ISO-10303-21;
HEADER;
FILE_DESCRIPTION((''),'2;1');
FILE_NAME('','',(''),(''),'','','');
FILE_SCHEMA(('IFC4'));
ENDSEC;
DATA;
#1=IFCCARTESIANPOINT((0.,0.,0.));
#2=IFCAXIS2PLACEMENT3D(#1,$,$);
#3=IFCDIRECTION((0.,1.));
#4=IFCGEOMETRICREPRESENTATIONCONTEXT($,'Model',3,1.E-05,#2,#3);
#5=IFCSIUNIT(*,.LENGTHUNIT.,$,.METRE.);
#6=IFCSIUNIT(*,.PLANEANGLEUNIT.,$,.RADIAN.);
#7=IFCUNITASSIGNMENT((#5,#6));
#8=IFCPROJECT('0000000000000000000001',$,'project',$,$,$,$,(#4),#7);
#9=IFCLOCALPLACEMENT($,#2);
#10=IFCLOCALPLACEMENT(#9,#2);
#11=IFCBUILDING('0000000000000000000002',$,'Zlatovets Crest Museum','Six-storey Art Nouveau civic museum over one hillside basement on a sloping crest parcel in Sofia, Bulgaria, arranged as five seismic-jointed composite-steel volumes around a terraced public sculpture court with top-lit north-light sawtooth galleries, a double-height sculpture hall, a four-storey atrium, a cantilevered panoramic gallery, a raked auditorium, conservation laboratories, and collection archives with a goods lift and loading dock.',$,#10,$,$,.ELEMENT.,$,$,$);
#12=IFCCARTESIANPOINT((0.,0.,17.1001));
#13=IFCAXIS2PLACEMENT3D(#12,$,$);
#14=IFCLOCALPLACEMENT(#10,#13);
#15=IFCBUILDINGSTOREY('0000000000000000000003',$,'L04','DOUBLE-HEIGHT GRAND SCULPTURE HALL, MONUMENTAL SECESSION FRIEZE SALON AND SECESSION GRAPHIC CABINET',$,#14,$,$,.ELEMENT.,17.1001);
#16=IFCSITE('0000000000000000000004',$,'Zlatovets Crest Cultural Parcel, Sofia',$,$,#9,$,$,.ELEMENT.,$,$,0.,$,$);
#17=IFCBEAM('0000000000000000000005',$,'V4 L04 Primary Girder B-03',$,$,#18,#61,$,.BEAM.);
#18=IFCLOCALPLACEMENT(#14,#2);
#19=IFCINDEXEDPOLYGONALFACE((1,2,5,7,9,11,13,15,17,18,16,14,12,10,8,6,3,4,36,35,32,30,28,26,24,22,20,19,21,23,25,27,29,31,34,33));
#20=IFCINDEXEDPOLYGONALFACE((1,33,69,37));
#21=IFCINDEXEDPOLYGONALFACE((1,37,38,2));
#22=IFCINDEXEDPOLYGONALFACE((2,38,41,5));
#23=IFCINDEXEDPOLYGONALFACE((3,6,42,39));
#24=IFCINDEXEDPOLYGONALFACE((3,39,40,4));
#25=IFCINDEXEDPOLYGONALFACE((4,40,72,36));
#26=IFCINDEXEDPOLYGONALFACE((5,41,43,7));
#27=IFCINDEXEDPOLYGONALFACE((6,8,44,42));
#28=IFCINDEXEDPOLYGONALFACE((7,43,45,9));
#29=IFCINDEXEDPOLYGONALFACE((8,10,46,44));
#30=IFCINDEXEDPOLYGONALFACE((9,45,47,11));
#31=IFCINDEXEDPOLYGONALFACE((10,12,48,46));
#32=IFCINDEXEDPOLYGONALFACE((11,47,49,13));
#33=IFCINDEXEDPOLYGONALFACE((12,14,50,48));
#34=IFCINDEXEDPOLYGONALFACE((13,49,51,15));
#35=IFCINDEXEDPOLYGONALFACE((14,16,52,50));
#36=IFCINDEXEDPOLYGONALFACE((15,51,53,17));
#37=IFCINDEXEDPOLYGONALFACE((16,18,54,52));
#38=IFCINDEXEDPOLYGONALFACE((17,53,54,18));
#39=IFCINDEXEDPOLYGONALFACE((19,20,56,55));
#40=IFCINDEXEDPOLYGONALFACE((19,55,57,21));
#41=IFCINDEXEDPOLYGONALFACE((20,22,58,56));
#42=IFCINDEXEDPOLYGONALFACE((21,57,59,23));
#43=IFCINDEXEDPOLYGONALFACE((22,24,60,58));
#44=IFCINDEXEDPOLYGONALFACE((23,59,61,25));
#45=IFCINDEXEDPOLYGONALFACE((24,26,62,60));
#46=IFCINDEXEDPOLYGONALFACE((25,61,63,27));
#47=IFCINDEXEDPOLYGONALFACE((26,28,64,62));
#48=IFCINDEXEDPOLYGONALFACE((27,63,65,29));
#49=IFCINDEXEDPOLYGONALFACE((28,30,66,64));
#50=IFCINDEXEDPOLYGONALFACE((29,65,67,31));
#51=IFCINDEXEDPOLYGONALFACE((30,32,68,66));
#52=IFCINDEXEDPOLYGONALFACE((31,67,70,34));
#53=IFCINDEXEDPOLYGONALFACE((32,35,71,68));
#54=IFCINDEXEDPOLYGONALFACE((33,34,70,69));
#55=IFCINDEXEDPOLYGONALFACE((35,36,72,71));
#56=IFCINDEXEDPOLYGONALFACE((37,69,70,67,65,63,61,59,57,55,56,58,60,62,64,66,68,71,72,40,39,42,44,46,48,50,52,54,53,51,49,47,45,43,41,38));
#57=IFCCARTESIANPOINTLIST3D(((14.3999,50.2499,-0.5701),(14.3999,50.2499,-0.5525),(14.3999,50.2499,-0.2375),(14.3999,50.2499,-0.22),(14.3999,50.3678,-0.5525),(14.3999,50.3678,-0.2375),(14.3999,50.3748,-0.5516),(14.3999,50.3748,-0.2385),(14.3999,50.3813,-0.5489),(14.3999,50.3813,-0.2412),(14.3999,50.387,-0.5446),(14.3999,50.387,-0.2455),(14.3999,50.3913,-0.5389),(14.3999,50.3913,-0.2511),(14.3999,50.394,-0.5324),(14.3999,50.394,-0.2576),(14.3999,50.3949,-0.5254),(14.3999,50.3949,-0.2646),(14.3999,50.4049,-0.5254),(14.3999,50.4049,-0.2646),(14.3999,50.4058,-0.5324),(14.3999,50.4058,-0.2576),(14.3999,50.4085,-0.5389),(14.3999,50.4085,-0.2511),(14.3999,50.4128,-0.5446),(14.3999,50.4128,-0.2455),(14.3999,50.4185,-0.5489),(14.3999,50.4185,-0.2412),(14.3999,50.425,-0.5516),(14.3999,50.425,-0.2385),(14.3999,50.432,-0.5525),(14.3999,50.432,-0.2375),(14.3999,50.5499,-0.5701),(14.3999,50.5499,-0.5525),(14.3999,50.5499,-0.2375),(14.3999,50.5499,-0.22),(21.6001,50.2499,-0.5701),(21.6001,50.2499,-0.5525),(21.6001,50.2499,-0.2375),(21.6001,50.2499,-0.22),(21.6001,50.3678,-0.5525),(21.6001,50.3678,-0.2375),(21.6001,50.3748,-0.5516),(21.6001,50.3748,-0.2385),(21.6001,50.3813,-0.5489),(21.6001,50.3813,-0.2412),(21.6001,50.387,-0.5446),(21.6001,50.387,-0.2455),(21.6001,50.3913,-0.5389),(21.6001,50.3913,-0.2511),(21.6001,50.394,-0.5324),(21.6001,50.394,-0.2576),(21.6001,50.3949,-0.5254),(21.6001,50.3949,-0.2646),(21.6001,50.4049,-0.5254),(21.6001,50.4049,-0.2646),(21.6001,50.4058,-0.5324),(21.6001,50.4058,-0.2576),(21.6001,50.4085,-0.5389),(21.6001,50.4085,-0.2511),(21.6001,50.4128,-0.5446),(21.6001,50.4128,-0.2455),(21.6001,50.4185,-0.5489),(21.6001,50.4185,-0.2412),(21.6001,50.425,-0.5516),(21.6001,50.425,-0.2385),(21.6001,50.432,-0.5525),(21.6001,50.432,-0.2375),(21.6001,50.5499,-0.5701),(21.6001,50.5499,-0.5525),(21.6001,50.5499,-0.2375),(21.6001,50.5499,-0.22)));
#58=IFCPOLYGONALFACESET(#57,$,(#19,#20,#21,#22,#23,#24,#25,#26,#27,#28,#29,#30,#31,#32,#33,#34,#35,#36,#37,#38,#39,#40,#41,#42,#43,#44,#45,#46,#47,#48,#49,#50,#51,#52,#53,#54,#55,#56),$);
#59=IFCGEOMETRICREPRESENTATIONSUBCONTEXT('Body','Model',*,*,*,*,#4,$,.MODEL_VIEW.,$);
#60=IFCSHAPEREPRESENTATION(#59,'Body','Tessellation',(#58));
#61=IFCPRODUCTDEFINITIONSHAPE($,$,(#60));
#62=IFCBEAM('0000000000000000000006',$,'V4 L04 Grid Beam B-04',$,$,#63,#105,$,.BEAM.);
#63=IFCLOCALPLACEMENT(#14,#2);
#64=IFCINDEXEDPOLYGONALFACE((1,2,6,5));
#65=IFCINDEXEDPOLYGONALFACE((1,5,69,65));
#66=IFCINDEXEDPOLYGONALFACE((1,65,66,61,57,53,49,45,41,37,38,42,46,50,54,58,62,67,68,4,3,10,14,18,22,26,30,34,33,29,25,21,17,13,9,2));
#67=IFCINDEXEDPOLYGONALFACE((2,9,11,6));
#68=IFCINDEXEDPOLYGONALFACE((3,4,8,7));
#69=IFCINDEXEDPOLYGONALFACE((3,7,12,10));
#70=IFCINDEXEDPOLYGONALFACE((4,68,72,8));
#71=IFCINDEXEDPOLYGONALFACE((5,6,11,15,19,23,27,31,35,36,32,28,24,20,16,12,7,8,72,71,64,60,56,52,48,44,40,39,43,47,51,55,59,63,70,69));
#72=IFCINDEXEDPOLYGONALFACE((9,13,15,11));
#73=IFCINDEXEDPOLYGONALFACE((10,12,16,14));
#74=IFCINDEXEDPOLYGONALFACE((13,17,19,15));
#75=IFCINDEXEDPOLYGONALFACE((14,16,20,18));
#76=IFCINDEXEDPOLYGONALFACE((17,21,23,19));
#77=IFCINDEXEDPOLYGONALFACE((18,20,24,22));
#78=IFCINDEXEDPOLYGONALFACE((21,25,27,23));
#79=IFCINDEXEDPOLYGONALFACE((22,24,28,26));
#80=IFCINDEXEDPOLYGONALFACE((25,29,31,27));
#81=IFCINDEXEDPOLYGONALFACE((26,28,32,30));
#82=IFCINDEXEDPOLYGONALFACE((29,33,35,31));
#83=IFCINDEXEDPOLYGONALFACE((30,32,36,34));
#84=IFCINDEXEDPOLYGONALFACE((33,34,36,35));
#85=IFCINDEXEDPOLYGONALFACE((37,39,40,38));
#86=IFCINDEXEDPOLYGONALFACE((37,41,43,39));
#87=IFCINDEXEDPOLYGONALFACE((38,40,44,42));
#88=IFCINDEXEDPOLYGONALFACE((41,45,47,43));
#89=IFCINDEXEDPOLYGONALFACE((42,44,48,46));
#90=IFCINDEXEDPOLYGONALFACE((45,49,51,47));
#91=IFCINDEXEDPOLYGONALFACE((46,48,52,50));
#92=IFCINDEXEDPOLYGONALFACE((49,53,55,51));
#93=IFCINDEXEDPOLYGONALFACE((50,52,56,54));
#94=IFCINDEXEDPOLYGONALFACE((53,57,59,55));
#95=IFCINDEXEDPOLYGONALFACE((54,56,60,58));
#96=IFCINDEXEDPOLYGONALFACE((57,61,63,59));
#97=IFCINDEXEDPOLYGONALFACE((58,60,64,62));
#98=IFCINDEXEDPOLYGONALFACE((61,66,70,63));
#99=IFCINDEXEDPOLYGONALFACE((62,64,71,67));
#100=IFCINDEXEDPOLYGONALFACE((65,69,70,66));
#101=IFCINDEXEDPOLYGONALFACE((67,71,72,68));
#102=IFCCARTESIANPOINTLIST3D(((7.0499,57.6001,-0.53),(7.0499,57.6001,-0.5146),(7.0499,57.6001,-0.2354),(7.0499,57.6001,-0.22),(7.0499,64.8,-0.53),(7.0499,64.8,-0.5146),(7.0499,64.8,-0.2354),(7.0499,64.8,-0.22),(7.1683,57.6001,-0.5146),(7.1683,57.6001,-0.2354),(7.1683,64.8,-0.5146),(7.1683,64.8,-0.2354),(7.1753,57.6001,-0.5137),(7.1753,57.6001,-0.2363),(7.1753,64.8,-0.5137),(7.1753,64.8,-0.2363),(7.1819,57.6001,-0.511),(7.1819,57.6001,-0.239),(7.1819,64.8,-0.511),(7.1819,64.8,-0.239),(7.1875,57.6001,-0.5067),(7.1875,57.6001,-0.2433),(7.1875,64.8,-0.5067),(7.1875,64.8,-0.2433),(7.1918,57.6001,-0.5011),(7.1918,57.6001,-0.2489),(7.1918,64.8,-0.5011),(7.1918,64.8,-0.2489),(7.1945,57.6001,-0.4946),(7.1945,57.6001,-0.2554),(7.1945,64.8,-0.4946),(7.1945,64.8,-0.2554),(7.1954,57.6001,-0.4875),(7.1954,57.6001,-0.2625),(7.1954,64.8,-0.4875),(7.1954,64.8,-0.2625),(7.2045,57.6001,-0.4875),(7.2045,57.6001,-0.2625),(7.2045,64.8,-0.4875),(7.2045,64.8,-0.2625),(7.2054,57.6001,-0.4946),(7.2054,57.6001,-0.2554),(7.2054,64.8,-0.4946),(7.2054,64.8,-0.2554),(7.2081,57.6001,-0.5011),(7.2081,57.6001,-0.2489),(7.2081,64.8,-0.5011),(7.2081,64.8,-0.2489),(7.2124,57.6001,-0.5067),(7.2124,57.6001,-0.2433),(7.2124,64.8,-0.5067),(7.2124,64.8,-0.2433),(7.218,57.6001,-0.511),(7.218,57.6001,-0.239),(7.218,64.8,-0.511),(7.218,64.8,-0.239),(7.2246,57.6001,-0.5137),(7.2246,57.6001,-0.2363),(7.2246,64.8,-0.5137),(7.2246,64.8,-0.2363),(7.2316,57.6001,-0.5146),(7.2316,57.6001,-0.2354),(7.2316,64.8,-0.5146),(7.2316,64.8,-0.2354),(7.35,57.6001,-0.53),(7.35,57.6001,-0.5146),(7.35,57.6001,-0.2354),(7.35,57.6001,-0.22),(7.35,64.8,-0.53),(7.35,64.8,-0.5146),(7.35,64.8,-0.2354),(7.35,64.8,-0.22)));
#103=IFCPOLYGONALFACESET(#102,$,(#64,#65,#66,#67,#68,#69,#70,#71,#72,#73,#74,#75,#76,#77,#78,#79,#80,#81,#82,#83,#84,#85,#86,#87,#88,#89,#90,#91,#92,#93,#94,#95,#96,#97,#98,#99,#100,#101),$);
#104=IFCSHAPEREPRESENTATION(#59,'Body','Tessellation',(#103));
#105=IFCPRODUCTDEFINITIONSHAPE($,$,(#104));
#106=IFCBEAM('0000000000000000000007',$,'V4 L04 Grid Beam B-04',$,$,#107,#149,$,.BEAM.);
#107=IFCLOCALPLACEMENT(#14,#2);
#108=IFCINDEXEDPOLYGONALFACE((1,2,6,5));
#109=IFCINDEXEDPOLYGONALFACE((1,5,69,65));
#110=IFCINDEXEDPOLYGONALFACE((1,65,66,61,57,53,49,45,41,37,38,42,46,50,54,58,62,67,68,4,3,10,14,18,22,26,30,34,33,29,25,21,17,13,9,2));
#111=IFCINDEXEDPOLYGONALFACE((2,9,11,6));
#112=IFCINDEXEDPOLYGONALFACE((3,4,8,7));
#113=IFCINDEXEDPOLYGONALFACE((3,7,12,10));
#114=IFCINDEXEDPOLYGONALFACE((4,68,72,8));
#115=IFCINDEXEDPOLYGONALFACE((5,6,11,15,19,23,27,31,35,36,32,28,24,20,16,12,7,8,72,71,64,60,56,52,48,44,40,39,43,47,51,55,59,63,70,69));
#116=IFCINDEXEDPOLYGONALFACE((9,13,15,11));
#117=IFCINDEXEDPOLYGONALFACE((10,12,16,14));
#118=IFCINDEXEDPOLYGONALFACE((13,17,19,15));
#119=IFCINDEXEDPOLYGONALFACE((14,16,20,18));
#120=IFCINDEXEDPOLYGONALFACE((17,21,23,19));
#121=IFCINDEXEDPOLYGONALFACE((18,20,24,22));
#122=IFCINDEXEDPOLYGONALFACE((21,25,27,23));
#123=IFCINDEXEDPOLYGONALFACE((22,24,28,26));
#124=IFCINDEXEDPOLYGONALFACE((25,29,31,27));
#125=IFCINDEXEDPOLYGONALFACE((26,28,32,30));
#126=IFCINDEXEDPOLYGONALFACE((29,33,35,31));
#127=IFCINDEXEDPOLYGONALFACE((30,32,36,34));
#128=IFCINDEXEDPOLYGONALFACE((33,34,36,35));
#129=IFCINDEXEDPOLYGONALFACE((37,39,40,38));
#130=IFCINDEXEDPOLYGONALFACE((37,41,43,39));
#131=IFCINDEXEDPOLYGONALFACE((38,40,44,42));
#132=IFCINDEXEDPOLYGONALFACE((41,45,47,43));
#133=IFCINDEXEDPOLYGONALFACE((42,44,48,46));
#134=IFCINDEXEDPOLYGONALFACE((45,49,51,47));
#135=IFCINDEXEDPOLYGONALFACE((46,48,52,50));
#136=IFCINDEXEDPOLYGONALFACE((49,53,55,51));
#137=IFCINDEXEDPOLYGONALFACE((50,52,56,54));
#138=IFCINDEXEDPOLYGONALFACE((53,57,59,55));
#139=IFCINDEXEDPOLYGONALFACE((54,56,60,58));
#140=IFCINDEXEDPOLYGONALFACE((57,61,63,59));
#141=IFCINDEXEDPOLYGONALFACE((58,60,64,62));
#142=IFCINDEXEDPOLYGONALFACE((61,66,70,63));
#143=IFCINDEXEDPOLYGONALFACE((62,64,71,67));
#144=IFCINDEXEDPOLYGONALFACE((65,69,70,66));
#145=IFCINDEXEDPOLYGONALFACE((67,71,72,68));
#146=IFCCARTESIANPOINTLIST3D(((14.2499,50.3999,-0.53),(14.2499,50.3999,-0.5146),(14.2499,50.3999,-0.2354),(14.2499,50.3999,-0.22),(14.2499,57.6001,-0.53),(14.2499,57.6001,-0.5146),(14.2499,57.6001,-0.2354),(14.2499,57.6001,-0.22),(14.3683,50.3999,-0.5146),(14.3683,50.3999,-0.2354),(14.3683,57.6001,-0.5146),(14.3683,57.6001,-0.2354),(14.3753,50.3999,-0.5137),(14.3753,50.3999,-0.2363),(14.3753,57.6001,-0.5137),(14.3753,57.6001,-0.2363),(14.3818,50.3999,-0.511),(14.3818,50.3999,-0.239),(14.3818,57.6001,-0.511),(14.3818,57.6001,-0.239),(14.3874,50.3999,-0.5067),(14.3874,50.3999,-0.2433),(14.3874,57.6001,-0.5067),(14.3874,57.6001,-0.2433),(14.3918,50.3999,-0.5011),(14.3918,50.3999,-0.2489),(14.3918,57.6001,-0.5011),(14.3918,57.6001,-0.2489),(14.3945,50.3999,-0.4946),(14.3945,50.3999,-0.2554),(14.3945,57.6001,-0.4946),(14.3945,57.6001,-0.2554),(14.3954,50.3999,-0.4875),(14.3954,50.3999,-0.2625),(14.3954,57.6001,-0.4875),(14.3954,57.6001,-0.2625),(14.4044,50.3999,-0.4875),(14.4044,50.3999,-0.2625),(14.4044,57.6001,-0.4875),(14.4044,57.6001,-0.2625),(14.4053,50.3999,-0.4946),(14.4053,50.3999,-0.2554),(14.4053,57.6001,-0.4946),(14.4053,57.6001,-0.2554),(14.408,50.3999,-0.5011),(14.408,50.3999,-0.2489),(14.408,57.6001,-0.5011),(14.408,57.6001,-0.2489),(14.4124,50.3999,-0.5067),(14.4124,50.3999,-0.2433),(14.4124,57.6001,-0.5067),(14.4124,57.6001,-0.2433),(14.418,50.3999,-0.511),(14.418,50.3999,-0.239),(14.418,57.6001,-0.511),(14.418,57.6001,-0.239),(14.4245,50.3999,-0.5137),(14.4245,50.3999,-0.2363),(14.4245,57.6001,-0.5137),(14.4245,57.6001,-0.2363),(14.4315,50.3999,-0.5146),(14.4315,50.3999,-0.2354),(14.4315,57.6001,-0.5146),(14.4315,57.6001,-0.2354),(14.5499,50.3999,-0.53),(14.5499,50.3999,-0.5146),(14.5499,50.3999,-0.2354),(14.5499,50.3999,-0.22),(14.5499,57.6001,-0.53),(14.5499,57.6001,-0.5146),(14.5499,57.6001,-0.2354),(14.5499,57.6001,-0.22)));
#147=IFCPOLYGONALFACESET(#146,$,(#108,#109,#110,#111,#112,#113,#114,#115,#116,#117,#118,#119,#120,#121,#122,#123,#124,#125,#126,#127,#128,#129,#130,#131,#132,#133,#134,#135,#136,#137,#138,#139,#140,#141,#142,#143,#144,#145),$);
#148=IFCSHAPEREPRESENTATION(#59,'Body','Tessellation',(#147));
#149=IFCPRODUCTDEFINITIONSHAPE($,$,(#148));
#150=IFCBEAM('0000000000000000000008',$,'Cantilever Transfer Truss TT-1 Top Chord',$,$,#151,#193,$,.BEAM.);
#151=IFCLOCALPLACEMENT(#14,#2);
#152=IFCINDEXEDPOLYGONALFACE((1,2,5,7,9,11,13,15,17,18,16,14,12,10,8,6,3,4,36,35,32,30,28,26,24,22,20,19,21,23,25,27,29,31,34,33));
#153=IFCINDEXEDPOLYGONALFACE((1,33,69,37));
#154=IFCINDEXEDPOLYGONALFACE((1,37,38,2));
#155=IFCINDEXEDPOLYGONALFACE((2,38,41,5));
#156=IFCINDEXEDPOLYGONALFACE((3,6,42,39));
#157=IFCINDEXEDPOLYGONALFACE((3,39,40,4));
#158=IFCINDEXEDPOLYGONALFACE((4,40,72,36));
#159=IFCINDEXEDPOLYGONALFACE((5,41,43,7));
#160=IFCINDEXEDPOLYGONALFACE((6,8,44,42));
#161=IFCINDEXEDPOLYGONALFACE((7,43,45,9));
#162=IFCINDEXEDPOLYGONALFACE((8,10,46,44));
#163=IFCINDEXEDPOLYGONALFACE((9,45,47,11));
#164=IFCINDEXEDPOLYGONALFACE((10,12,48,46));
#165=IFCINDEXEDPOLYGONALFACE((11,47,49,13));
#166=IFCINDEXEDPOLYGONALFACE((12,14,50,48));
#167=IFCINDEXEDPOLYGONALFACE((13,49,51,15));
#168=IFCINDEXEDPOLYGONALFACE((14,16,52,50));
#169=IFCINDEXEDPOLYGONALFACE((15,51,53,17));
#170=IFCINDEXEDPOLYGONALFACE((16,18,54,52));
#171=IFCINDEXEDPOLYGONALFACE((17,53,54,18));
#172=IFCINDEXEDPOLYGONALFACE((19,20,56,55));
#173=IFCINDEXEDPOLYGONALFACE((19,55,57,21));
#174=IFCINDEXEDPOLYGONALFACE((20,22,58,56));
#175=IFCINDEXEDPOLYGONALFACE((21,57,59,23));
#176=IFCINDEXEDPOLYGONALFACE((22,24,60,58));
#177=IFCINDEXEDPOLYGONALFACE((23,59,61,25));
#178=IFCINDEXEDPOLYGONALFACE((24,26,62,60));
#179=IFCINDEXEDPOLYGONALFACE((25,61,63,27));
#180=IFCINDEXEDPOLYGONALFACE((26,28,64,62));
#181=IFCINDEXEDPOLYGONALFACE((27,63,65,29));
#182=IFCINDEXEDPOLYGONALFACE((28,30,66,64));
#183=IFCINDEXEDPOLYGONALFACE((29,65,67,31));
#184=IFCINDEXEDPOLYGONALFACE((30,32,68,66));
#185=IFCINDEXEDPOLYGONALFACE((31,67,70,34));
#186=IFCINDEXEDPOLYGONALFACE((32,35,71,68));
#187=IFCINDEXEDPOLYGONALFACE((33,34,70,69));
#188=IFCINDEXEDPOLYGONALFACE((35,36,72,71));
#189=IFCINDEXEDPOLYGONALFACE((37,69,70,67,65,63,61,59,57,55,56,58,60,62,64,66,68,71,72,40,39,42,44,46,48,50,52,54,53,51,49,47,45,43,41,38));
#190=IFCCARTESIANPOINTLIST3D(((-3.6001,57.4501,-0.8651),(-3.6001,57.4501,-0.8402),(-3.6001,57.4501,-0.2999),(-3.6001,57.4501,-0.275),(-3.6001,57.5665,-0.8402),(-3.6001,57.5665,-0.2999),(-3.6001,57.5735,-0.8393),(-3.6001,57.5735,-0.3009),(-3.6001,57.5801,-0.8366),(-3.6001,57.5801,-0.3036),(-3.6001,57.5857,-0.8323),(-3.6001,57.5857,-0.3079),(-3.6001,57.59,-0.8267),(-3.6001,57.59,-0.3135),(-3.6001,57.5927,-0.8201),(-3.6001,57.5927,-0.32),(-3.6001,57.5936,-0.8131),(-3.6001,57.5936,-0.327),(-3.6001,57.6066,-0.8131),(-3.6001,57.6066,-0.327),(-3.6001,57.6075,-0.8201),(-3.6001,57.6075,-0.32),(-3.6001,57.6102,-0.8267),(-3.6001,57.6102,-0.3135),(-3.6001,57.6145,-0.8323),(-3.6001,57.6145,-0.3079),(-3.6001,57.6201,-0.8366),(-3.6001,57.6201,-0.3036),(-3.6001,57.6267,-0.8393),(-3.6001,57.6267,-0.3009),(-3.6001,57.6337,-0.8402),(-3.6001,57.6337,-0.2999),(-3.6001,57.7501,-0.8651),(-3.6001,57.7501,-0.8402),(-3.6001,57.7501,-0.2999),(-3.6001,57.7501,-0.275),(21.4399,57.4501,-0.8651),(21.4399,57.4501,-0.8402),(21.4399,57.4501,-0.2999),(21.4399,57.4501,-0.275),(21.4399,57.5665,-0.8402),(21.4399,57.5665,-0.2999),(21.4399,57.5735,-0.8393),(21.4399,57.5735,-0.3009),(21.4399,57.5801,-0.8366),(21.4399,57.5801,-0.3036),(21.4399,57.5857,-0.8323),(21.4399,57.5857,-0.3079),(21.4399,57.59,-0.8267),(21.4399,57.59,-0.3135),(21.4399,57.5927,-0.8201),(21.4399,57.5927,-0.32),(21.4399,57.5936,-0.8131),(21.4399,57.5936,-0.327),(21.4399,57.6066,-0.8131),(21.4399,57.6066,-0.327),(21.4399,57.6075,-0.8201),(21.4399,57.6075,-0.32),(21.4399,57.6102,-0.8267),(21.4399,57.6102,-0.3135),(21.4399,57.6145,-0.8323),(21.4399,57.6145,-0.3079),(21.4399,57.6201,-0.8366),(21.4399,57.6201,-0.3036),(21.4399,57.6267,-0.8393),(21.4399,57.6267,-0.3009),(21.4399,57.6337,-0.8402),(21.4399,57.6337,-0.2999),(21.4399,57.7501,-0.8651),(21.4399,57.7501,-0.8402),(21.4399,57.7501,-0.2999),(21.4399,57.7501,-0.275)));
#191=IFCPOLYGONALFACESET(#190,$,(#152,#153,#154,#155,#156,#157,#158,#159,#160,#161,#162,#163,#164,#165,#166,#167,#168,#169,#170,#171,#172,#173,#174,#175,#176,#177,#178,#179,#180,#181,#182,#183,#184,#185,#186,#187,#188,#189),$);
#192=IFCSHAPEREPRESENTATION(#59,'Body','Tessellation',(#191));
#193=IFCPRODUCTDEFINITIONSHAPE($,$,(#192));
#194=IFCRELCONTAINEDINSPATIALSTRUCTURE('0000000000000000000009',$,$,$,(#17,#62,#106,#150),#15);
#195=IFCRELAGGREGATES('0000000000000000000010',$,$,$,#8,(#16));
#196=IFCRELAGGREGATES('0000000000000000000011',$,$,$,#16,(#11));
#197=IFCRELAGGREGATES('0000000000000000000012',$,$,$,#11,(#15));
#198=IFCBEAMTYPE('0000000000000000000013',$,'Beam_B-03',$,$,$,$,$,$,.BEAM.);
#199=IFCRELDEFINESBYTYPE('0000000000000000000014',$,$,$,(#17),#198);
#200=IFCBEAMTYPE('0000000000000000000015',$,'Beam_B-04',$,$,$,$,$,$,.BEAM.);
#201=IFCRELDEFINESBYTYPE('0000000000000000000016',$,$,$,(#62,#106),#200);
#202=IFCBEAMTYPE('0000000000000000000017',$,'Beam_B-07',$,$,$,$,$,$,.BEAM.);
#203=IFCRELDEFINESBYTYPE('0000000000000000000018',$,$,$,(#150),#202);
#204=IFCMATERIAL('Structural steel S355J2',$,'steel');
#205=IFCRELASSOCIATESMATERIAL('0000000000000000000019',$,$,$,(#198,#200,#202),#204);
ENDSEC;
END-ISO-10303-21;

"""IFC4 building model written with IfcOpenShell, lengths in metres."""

from ifc_helpers import new_model, si_unit, direction, frame, origin, origin_2d, place, context, subcontext, project, spatial, i_section, extrude, material, material_profile, profile_set, type_object, element, save


model = new_model("IFC4")

# Units and contexts
model_context = context("Model", 3, precision=1e-05, world=origin(), true_north=direction((0.0, 1.0)))
body_context = subcontext(model_context, "Body", "Model", "MODEL_VIEW")
ifc_project = project(units=[si_unit("LENGTHUNIT", "METRE"), si_unit("PLANEANGLEUNIT", "RADIAN")], contexts=[model_context])

# Site, building, storey
site_placement = place(None, origin())
site = spatial("IfcSite", under=ifc_project, at=site_placement, Name="Zlatovets Crest Cultural Parcel, Sofia", CompositionType="ELEMENT", RefElevation=0.0)
building_placement = place(site_placement, origin())
building = spatial("IfcBuilding", under=site, at=building_placement, Name="Zlatovets Crest Museum", Description="Six-storey Art Nouveau civic museum over one hillside basement on a sloping crest parcel in Sofia, Bulgaria, arranged as five seismic-jointed composite-steel volumes around a terraced public sculpture court with top-lit north-light sawtooth galleries, a double-height sculpture hall, a four-storey atrium, a cantilevered panoramic gallery, a raked auditorium, conservation laboratories, and collection archives with a goods lift and loading dock.", CompositionType="ELEMENT")
storey_placement = place(building_placement, frame((0.0, 0.0, 17.1001)))
storey = spatial("IfcBuildingStorey", under=building, at=storey_placement, Name="L04", Description="DOUBLE-HEIGHT GRAND SCULPTURE HALL, MONUMENTAL SECESSION FRIEZE SALON AND SECESSION GRAPHIC CABINET", CompositionType="ELEMENT", Elevation=17.1001)

# Beams
ifc_material_1 = material(Name="Structural steel S355J2", Category="steel")
ifc_material_profile_1 = material_profile(ifc_material_1, i_section(OverallWidth=0.3, OverallDepth=0.3501, WebThickness=0.01, FlangeThickness=0.0176, FilletRadius=0.0271, at=origin_2d()), Name="HEA 360")
ifc_profile_set_1 = profile_set([ifc_material_profile_1], Name="Structural steel S355J2")
beam_type_1 = type_object("IfcBeamType", Name="Beam_B-03", PredefinedType="BEAM", material=ifc_profile_set_1)
beam_1_placement = place(storey_placement, frame((14.3999, 50.3999, -0.395), z_axis=(1.0, 0.0, 0.0), x_axis=(0.0, 1.0, 0.0)))
element("IfcBeam", 1, at=beam_1_placement, inside=storey, type_object=beam_type_1, Name="V4 L04 Primary Girder B-03", PredefinedType="BEAM", context=body_context, shape_type="SweptSolid", body=[
    extrude(i_section(OverallWidth=0.3, OverallDepth=0.3501, WebThickness=0.01, FlangeThickness=0.0176, FilletRadius=0.0271, at=origin_2d()), origin(), (0.0, 0.0, 1.0), 7.2002),
])
ifc_material_profile_2 = material_profile(ifc_material_1, i_section(OverallWidth=0.3, OverallDepth=0.3101, WebThickness=0.009, FlangeThickness=0.0154, FilletRadius=0.0271, at=origin_2d()), Name="HEA 320")
ifc_profile_set_2 = profile_set([ifc_material_profile_2], Name="Structural steel S355J2")
beam_type_2 = type_object("IfcBeamType", Name="Beam_B-04", PredefinedType="BEAM", material=ifc_profile_set_2)
beam_2_placement = place(storey_placement, frame((7.2, 57.6001, -0.375), z_axis=(0.0, 1.0, 0.0), x_axis=(-1.0, 0.0, 0.0)))
element("IfcBeam", 2, at=beam_2_placement, inside=storey, type_object=beam_type_2, Name="V4 L04 Grid Beam B-04", PredefinedType="BEAM", context=body_context, shape_type="SweptSolid", body=[
    extrude(i_section(OverallWidth=0.3, OverallDepth=0.3101, WebThickness=0.009, FlangeThickness=0.0154, FilletRadius=0.0271, at=origin_2d()), origin(), (0.0, 0.0, 1.0), 7.2),
])
beam_3_placement = place(storey_placement, frame((14.3999, 50.3999, -0.375), z_axis=(0.0, 1.0, 0.0), x_axis=(-1.0, 0.0, 0.0)))
element("IfcBeam", 3, at=beam_3_placement, inside=storey, type_object=beam_type_2, Name="V4 L04 Grid Beam B-04", PredefinedType="BEAM", context=body_context, shape_type="SweptSolid", body=[
    extrude(i_section(OverallWidth=0.3, OverallDepth=0.3101, WebThickness=0.009, FlangeThickness=0.0154, FilletRadius=0.0271, at=origin_2d()), origin(), (0.0, 0.0, 1.0), 7.2002),
])
ifc_material_profile_3 = material_profile(ifc_material_1, i_section(OverallWidth=0.3, OverallDepth=0.5901, WebThickness=0.0129, FlangeThickness=0.0249, FilletRadius=0.0271, at=origin_2d()), Name="HEA 600")
ifc_profile_set_3 = profile_set([ifc_material_profile_3], Name="Structural steel S355J2")
beam_type_3 = type_object("IfcBeamType", Name="Beam_B-07", PredefinedType="BEAM", material=ifc_profile_set_3)
beam_4_placement = place(storey_placement, frame((-3.6001, 57.6001, -0.5701), z_axis=(1.0, 0.0, 0.0), x_axis=(0.0, 1.0, 0.0)))
element("IfcBeam", 4, at=beam_4_placement, inside=storey, type_object=beam_type_3, Name="Cantilever Transfer Truss TT-1 Top Chord", PredefinedType="BEAM", context=body_context, shape_type="SweptSolid", body=[
    extrude(i_section(OverallWidth=0.3, OverallDepth=0.5901, WebThickness=0.0129, FlangeThickness=0.0249, FilletRadius=0.0271, at=origin_2d()), origin(), (0.0, 0.0, 1.0), 25.04),
])

save(model, "model.ifc")
